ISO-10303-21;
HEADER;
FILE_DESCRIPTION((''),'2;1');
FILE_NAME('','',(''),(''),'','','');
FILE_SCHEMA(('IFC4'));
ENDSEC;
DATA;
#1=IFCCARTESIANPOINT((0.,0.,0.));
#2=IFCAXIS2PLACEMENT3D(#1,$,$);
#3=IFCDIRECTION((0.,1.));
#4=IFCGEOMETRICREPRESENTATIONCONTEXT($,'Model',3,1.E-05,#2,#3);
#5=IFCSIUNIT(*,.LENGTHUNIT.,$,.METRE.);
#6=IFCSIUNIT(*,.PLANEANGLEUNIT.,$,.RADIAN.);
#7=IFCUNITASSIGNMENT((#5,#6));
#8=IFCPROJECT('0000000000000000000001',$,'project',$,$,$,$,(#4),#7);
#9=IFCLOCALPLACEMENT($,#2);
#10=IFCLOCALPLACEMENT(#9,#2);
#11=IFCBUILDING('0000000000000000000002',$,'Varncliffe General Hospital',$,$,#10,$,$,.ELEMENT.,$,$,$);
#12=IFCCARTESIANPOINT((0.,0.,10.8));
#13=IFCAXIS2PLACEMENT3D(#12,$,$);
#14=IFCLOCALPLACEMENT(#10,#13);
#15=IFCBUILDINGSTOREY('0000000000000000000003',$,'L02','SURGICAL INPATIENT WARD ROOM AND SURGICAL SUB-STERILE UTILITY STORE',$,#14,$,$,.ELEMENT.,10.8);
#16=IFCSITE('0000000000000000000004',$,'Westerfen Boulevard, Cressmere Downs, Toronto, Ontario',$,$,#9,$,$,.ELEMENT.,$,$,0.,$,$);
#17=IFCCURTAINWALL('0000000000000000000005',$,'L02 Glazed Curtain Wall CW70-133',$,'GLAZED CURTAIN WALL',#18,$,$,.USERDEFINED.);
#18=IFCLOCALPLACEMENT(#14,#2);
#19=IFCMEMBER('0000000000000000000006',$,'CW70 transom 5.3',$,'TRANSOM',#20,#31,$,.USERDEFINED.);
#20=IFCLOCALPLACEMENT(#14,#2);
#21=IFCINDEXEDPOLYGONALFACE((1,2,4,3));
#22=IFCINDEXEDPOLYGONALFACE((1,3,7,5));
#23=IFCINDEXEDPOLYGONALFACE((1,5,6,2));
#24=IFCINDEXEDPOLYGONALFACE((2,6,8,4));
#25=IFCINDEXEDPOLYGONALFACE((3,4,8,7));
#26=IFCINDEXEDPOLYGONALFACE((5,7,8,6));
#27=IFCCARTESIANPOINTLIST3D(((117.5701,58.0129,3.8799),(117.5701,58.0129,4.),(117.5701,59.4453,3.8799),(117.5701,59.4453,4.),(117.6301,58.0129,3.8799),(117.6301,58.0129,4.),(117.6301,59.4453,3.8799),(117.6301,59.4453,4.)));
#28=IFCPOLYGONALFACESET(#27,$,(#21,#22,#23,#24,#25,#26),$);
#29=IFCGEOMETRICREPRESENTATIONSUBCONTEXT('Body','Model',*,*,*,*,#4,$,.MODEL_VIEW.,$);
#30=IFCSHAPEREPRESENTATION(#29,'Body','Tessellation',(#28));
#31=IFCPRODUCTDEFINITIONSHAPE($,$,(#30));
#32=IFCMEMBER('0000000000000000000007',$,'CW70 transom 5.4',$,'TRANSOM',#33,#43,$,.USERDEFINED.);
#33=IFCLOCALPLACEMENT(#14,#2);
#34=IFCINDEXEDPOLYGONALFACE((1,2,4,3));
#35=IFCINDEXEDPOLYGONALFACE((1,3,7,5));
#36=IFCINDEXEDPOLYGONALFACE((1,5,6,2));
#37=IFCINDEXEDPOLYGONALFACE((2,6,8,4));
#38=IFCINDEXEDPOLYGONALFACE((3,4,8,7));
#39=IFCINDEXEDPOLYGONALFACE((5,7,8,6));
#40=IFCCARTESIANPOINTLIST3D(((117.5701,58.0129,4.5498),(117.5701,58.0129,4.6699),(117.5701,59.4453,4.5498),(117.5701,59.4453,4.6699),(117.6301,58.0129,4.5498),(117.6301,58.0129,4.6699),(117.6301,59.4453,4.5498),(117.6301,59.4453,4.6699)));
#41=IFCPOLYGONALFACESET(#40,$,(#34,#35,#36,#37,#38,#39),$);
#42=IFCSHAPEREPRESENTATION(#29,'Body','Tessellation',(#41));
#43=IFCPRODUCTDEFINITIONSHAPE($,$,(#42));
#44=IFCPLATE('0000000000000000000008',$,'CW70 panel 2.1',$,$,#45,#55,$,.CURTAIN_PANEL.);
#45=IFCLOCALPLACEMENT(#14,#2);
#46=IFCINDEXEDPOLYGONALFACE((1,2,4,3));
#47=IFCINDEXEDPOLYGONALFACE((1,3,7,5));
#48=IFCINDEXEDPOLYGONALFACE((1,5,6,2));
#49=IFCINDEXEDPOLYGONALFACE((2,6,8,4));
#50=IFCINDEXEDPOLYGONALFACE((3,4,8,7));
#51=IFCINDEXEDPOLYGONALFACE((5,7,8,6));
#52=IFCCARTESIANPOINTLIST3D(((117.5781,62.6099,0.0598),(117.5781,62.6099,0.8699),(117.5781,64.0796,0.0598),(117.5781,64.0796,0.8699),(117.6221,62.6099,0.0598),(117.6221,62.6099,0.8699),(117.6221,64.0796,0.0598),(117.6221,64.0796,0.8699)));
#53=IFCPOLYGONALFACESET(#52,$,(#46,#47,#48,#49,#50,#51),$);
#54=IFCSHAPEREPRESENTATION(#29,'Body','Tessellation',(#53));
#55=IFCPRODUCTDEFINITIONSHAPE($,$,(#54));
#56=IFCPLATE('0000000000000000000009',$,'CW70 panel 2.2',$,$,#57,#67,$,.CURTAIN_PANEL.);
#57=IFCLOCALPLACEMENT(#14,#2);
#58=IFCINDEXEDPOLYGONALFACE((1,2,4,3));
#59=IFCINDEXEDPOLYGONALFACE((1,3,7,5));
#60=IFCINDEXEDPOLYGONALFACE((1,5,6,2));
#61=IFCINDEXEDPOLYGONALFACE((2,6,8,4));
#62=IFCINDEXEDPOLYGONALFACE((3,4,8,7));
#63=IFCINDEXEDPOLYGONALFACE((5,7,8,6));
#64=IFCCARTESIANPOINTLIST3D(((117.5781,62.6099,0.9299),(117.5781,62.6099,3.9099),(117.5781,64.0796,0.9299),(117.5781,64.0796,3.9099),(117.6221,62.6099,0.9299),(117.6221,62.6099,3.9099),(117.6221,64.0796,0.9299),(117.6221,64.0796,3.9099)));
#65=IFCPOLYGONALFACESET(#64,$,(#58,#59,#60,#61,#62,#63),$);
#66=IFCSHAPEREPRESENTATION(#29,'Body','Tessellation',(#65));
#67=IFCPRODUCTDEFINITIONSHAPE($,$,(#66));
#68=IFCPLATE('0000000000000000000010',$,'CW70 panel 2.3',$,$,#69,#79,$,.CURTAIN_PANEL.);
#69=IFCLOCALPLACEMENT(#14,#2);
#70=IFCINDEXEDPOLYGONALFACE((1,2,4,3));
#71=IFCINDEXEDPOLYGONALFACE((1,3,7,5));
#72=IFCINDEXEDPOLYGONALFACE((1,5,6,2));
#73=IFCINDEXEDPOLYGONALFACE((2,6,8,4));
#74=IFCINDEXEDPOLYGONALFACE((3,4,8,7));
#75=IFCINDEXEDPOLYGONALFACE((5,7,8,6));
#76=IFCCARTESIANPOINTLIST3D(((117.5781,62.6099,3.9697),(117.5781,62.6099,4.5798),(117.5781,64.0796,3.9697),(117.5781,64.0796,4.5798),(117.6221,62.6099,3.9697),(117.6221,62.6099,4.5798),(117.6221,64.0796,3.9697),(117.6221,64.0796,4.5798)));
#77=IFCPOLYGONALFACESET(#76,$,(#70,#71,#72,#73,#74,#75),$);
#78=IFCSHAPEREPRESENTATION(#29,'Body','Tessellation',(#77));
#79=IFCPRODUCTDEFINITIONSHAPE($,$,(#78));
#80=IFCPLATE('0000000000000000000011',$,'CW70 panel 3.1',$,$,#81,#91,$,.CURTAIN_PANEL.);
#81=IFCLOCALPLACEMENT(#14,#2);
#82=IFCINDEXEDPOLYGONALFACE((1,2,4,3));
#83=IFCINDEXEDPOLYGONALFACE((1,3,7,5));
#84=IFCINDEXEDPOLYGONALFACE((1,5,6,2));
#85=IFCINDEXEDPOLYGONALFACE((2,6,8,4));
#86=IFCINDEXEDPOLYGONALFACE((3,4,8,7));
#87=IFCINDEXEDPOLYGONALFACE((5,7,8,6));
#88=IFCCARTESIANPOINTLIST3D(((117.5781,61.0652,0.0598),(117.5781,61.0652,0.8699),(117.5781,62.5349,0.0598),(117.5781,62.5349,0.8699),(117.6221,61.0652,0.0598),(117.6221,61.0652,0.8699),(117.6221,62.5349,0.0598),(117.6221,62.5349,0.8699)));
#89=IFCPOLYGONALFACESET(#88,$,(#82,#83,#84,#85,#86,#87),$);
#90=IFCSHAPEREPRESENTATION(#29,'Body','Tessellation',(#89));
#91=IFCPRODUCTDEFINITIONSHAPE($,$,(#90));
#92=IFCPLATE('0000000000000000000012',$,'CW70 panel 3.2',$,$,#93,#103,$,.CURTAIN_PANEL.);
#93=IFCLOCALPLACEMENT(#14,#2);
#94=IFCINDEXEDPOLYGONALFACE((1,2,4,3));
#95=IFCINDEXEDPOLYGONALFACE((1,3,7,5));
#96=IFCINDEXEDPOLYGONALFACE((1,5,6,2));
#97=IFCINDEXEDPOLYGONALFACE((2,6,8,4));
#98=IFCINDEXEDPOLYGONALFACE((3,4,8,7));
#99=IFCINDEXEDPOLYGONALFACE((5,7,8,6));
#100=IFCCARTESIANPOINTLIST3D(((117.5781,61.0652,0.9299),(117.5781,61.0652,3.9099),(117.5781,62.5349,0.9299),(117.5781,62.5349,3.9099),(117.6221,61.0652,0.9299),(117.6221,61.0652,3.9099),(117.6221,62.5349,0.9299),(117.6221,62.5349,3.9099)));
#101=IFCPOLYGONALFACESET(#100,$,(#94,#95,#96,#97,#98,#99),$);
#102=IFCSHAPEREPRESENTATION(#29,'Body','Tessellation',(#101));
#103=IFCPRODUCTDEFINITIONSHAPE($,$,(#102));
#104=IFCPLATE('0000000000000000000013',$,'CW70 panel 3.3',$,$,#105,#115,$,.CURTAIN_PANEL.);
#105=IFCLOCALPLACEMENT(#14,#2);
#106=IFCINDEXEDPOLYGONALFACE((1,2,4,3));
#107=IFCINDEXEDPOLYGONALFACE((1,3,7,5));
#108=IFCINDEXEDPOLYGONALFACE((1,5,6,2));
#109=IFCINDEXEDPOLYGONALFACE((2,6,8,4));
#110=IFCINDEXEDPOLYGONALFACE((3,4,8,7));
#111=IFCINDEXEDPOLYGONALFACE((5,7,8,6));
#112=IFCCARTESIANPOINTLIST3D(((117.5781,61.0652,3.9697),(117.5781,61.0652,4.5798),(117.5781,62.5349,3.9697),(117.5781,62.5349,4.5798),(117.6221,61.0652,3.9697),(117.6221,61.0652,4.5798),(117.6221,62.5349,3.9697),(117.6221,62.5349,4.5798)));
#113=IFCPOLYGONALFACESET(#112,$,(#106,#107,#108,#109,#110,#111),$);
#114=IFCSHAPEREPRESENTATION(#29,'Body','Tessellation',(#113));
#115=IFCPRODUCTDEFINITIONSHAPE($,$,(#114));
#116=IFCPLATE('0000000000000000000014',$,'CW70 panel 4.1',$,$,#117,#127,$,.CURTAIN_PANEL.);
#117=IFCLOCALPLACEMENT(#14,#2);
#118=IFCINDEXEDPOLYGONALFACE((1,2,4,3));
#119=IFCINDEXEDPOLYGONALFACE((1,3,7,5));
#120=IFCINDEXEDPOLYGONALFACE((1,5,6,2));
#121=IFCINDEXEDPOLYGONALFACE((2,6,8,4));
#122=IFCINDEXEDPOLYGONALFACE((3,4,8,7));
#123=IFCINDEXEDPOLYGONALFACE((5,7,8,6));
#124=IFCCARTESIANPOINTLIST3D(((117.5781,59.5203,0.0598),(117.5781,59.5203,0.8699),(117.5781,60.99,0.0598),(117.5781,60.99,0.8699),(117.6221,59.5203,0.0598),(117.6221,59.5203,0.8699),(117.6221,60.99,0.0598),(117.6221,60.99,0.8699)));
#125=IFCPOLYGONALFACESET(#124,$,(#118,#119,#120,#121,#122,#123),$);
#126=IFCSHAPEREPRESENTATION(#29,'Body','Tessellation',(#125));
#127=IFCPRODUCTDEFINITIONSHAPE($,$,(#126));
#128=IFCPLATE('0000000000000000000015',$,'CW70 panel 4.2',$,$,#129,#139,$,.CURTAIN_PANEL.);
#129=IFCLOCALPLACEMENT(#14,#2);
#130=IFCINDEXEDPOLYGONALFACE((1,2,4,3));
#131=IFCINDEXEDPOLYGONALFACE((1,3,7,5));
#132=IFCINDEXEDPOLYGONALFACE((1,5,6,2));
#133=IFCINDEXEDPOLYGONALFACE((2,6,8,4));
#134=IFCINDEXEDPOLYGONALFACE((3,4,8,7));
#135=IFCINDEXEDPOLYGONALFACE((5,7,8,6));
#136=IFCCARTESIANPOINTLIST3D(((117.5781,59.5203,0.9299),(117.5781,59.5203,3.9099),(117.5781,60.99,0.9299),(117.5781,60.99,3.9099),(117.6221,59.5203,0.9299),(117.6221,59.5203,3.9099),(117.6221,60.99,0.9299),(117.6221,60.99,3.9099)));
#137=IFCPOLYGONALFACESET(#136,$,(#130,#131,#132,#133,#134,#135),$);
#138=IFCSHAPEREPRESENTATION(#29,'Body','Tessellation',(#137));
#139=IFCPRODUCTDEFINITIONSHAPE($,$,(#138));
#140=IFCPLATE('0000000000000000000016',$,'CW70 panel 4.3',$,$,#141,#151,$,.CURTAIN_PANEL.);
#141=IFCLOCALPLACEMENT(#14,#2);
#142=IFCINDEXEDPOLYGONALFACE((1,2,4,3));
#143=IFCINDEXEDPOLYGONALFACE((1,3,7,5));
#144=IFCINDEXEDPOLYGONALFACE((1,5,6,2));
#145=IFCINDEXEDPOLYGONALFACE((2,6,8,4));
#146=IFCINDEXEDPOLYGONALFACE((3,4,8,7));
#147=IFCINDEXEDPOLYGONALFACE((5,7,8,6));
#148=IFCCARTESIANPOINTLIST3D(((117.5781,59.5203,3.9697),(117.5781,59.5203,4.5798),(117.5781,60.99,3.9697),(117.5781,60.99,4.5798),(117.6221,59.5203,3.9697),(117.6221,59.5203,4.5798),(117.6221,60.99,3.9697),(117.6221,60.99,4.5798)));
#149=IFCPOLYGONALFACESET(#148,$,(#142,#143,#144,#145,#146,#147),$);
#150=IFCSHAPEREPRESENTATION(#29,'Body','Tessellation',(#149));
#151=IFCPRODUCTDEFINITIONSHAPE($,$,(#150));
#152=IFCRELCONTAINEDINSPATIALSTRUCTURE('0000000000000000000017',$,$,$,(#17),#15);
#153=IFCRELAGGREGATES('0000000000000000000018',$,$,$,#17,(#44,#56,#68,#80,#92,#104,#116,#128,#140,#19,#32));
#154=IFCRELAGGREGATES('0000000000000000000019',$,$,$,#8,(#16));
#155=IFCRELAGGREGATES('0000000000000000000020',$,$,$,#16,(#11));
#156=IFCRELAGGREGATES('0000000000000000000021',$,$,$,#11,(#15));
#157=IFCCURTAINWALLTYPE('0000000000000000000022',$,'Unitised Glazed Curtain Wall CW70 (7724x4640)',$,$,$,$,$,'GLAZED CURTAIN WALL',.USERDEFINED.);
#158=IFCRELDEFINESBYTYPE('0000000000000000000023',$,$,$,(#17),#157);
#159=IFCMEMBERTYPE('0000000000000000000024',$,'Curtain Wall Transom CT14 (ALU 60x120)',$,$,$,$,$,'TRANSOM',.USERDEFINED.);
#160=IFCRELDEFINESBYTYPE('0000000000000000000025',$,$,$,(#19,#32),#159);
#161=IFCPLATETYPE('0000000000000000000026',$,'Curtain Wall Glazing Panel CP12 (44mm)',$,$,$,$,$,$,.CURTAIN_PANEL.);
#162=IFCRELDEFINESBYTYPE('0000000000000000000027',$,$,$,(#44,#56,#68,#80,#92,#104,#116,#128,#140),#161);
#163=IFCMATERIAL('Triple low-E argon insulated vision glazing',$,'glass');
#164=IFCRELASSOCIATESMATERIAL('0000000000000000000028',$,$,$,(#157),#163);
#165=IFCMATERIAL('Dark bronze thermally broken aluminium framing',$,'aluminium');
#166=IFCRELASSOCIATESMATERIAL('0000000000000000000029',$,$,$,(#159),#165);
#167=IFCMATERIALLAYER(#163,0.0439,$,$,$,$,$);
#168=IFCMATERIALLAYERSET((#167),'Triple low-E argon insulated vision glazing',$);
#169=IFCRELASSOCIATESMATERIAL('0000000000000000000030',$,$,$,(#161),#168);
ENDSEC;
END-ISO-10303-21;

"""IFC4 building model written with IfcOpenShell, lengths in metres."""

from ifc_helpers import new_model, si_unit, direction, frame, origin, origin_2d, place, context, subcontext, project, spatial, rectangle, extrude, material, layer, layer_set, material_profile, profile_set, type_object, element, aggregate, save


model = new_model("IFC4")

# Units and contexts
model_context = context("Model", 3, precision=1e-05, world=origin(), true_north=direction((0.0, 1.0)))
body_context = subcontext(model_context, "Body", "Model", "MODEL_VIEW")
ifc_project = project(units=[si_unit("LENGTHUNIT", "METRE"), si_unit("PLANEANGLEUNIT", "RADIAN")], contexts=[model_context])

# Site, building, storey
site_placement = place(None, origin())
site = spatial("IfcSite", under=ifc_project, at=site_placement, Name="Westerfen Boulevard, Cressmere Downs, Toronto, Ontario", CompositionType="ELEMENT", RefElevation=0.0)
building_placement = place(site_placement, origin())
building = spatial("IfcBuilding", under=site, at=building_placement, Name="Varncliffe General Hospital", CompositionType="ELEMENT")
storey_placement = place(building_placement, frame((0.0, 0.0, 10.8)))
storey = spatial("IfcBuildingStorey", under=building, at=storey_placement, Name="L02", Description="SURGICAL INPATIENT WARD ROOM AND SURGICAL SUB-STERILE UTILITY STORE", CompositionType="ELEMENT", Elevation=10.8)

# Curtain wall, members, plates
ifc_material_1 = material(Name="Triple low-E argon insulated vision glazing", Category="glass")
curtain_wall_type = type_object("IfcCurtainWallType", Name="Unitised Glazed Curtain Wall CW70 (7724x4640)", ElementType="GLAZED CURTAIN WALL", PredefinedType="USERDEFINED", material=ifc_material_1)
curtain_wall_placement = place(storey_placement, origin())
curtain_wall = element("IfcCurtainWall", 1, at=curtain_wall_placement, inside=storey, type_object=curtain_wall_type, Name="L02 Glazed Curtain Wall CW70-133", ObjectType="GLAZED CURTAIN WALL", PredefinedType="USERDEFINED")
ifc_material_2 = material(Name="Dark bronze thermally broken aluminium framing", Category="aluminium")
ifc_material_profile_1 = material_profile(ifc_material_2, rectangle(XDim=0.0601, YDim=0.1201, at=origin_2d()), Name="ALU 60x120")
ifc_profile_set_1 = profile_set([ifc_material_profile_1], Name="Dark bronze thermally broken aluminium framing")
member_type_1 = type_object("IfcMemberType", Name="Curtain Wall Transom CT14 (ALU 60x120)", ElementType="TRANSOM", PredefinedType="USERDEFINED", material=ifc_profile_set_1)
member_1_placement = place(storey_placement, frame((117.6001, 59.4453, 3.9399), z_axis=(0.0, -1.0, 0.0), x_axis=(1.0, 0.0, 0.0)))
member_1 = element("IfcMember", 2, at=member_1_placement, type_object=member_type_1, Name="CW70 transom 5.3", ObjectType="TRANSOM", PredefinedType="USERDEFINED", context=body_context, shape_type="SweptSolid", body=[
    extrude(rectangle(XDim=0.0601, YDim=0.1201, at=origin_2d()), origin(), (0.0, 0.0, 1.0), 1.4324),
])
member_2_placement = place(storey_placement, frame((117.6001, 59.4453, 4.6099), z_axis=(0.0, -1.0, 0.0), x_axis=(1.0, 0.0, 0.0)))
member_2 = element("IfcMember", 3, at=member_2_placement, type_object=member_type_1, Name="CW70 transom 5.4", ObjectType="TRANSOM", PredefinedType="USERDEFINED", context=body_context, shape_type="SweptSolid", body=[
    extrude(rectangle(XDim=0.0601, YDim=0.1201, at=origin_2d()), origin(), (0.0, 0.0, 1.0), 1.4324),
])
ifc_layer = layer(ifc_material_1, 0.0439)
ifc_layer_set = layer_set([ifc_layer], Name="Triple low-E argon insulated vision glazing")
plate_type = type_object("IfcPlateType", Name="Curtain Wall Glazing Panel CP12 (44mm)", PredefinedType="CURTAIN_PANEL", material=ifc_layer_set)
plate_1_placement = place(storey_placement, frame((117.6001, 63.3447, 0.0598), z_axis=(0.0, 0.0, 1.0), x_axis=(0.0, -1.0, 0.0)))
plate_1 = element("IfcPlate", 4, at=plate_1_placement, type_object=plate_type, Name="CW70 panel 2.1", PredefinedType="CURTAIN_PANEL", context=body_context, shape_type="SweptSolid", body=[
    extrude(rectangle(XDim=1.4697, YDim=0.0439, at=origin_2d()), origin(), (0.0, 0.0, 1.0), 0.8101),
])
plate_2_placement = place(storey_placement, frame((117.6001, 63.3447, 0.9299), z_axis=(0.0, 0.0, 1.0), x_axis=(0.0, -1.0, 0.0)))
plate_2 = element("IfcPlate", 5, at=plate_2_placement, type_object=plate_type, Name="CW70 panel 2.2", PredefinedType="CURTAIN_PANEL", context=body_context, shape_type="SweptSolid", body=[
    extrude(rectangle(XDim=1.4697, YDim=0.0439, at=origin_2d()), origin(), (0.0, 0.0, 1.0), 2.98),
])
plate_3_placement = place(storey_placement, frame((117.6001, 63.3447, 3.9697), z_axis=(0.0, 0.0, 1.0), x_axis=(0.0, -1.0, 0.0)))
plate_3 = element("IfcPlate", 6, at=plate_3_placement, type_object=plate_type, Name="CW70 panel 2.3", PredefinedType="CURTAIN_PANEL", context=body_context, shape_type="SweptSolid", body=[
    extrude(rectangle(XDim=1.4697, YDim=0.0439, at=origin_2d()), origin(), (0.0, 0.0, 1.0), 0.6101),
])
plate_4_placement = place(storey_placement, frame((117.6001, 61.8, 0.0598), z_axis=(0.0, 0.0, 1.0), x_axis=(0.0, -1.0, 0.0)))
plate_4 = element("IfcPlate", 7, at=plate_4_placement, type_object=plate_type, Name="CW70 panel 3.1", PredefinedType="CURTAIN_PANEL", context=body_context, shape_type="SweptSolid", body=[
    extrude(rectangle(XDim=1.4697, YDim=0.0439, at=origin_2d()), origin(), (0.0, 0.0, 1.0), 0.8101),
])
plate_5_placement = place(storey_placement, frame((117.6001, 61.8, 0.9299), z_axis=(0.0, 0.0, 1.0), x_axis=(0.0, -1.0, 0.0)))
plate_5 = element("IfcPlate", 8, at=plate_5_placement, type_object=plate_type, Name="CW70 panel 3.2", PredefinedType="CURTAIN_PANEL", context=body_context, shape_type="SweptSolid", body=[
    extrude(rectangle(XDim=1.4697, YDim=0.0439, at=origin_2d()), origin(), (0.0, 0.0, 1.0), 2.98),
])
plate_6_placement = place(storey_placement, frame((117.6001, 61.8, 3.9697), z_axis=(0.0, 0.0, 1.0), x_axis=(0.0, -1.0, 0.0)))
plate_6 = element("IfcPlate", 9, at=plate_6_placement, type_object=plate_type, Name="CW70 panel 3.3", PredefinedType="CURTAIN_PANEL", context=body_context, shape_type="SweptSolid", body=[
    extrude(rectangle(XDim=1.4697, YDim=0.0439, at=origin_2d()), origin(), (0.0, 0.0, 1.0), 0.6101),
])
plate_7_placement = place(storey_placement, frame((117.6001, 60.2551, 0.0598), z_axis=(0.0, 0.0, 1.0), x_axis=(0.0, -1.0, 0.0)))
plate_7 = element("IfcPlate", 10, at=plate_7_placement, type_object=plate_type, Name="CW70 panel 4.1", PredefinedType="CURTAIN_PANEL", context=body_context, shape_type="SweptSolid", body=[
    extrude(rectangle(XDim=1.4697, YDim=0.0439, at=origin_2d()), origin(), (0.0, 0.0, 1.0), 0.8101),
])
plate_8_placement = place(storey_placement, frame((117.6001, 60.2551, 0.9299), z_axis=(0.0, 0.0, 1.0), x_axis=(0.0, -1.0, 0.0)))
plate_8 = element("IfcPlate", 11, at=plate_8_placement, type_object=plate_type, Name="CW70 panel 4.2", PredefinedType="CURTAIN_PANEL", context=body_context, shape_type="SweptSolid", body=[
    extrude(rectangle(XDim=1.4697, YDim=0.0439, at=origin_2d()), origin(), (0.0, 0.0, 1.0), 2.98),
])
plate_9_placement = place(storey_placement, frame((117.6001, 60.2551, 3.9697), z_axis=(0.0, 0.0, 1.0), x_axis=(0.0, -1.0, 0.0)))
plate_9 = element("IfcPlate", 12, at=plate_9_placement, type_object=plate_type, Name="CW70 panel 4.3", PredefinedType="CURTAIN_PANEL", context=body_context, shape_type="SweptSolid", body=[
    extrude(rectangle(XDim=1.4697, YDim=0.0439, at=origin_2d()), origin(), (0.0, 0.0, 1.0), 0.6101),
])
aggregate(curtain_wall, [plate_1, plate_2, plate_3, plate_4, plate_5, plate_6, plate_7, plate_8, plate_9, member_1, member_2])

save(model, "model.ifc")
